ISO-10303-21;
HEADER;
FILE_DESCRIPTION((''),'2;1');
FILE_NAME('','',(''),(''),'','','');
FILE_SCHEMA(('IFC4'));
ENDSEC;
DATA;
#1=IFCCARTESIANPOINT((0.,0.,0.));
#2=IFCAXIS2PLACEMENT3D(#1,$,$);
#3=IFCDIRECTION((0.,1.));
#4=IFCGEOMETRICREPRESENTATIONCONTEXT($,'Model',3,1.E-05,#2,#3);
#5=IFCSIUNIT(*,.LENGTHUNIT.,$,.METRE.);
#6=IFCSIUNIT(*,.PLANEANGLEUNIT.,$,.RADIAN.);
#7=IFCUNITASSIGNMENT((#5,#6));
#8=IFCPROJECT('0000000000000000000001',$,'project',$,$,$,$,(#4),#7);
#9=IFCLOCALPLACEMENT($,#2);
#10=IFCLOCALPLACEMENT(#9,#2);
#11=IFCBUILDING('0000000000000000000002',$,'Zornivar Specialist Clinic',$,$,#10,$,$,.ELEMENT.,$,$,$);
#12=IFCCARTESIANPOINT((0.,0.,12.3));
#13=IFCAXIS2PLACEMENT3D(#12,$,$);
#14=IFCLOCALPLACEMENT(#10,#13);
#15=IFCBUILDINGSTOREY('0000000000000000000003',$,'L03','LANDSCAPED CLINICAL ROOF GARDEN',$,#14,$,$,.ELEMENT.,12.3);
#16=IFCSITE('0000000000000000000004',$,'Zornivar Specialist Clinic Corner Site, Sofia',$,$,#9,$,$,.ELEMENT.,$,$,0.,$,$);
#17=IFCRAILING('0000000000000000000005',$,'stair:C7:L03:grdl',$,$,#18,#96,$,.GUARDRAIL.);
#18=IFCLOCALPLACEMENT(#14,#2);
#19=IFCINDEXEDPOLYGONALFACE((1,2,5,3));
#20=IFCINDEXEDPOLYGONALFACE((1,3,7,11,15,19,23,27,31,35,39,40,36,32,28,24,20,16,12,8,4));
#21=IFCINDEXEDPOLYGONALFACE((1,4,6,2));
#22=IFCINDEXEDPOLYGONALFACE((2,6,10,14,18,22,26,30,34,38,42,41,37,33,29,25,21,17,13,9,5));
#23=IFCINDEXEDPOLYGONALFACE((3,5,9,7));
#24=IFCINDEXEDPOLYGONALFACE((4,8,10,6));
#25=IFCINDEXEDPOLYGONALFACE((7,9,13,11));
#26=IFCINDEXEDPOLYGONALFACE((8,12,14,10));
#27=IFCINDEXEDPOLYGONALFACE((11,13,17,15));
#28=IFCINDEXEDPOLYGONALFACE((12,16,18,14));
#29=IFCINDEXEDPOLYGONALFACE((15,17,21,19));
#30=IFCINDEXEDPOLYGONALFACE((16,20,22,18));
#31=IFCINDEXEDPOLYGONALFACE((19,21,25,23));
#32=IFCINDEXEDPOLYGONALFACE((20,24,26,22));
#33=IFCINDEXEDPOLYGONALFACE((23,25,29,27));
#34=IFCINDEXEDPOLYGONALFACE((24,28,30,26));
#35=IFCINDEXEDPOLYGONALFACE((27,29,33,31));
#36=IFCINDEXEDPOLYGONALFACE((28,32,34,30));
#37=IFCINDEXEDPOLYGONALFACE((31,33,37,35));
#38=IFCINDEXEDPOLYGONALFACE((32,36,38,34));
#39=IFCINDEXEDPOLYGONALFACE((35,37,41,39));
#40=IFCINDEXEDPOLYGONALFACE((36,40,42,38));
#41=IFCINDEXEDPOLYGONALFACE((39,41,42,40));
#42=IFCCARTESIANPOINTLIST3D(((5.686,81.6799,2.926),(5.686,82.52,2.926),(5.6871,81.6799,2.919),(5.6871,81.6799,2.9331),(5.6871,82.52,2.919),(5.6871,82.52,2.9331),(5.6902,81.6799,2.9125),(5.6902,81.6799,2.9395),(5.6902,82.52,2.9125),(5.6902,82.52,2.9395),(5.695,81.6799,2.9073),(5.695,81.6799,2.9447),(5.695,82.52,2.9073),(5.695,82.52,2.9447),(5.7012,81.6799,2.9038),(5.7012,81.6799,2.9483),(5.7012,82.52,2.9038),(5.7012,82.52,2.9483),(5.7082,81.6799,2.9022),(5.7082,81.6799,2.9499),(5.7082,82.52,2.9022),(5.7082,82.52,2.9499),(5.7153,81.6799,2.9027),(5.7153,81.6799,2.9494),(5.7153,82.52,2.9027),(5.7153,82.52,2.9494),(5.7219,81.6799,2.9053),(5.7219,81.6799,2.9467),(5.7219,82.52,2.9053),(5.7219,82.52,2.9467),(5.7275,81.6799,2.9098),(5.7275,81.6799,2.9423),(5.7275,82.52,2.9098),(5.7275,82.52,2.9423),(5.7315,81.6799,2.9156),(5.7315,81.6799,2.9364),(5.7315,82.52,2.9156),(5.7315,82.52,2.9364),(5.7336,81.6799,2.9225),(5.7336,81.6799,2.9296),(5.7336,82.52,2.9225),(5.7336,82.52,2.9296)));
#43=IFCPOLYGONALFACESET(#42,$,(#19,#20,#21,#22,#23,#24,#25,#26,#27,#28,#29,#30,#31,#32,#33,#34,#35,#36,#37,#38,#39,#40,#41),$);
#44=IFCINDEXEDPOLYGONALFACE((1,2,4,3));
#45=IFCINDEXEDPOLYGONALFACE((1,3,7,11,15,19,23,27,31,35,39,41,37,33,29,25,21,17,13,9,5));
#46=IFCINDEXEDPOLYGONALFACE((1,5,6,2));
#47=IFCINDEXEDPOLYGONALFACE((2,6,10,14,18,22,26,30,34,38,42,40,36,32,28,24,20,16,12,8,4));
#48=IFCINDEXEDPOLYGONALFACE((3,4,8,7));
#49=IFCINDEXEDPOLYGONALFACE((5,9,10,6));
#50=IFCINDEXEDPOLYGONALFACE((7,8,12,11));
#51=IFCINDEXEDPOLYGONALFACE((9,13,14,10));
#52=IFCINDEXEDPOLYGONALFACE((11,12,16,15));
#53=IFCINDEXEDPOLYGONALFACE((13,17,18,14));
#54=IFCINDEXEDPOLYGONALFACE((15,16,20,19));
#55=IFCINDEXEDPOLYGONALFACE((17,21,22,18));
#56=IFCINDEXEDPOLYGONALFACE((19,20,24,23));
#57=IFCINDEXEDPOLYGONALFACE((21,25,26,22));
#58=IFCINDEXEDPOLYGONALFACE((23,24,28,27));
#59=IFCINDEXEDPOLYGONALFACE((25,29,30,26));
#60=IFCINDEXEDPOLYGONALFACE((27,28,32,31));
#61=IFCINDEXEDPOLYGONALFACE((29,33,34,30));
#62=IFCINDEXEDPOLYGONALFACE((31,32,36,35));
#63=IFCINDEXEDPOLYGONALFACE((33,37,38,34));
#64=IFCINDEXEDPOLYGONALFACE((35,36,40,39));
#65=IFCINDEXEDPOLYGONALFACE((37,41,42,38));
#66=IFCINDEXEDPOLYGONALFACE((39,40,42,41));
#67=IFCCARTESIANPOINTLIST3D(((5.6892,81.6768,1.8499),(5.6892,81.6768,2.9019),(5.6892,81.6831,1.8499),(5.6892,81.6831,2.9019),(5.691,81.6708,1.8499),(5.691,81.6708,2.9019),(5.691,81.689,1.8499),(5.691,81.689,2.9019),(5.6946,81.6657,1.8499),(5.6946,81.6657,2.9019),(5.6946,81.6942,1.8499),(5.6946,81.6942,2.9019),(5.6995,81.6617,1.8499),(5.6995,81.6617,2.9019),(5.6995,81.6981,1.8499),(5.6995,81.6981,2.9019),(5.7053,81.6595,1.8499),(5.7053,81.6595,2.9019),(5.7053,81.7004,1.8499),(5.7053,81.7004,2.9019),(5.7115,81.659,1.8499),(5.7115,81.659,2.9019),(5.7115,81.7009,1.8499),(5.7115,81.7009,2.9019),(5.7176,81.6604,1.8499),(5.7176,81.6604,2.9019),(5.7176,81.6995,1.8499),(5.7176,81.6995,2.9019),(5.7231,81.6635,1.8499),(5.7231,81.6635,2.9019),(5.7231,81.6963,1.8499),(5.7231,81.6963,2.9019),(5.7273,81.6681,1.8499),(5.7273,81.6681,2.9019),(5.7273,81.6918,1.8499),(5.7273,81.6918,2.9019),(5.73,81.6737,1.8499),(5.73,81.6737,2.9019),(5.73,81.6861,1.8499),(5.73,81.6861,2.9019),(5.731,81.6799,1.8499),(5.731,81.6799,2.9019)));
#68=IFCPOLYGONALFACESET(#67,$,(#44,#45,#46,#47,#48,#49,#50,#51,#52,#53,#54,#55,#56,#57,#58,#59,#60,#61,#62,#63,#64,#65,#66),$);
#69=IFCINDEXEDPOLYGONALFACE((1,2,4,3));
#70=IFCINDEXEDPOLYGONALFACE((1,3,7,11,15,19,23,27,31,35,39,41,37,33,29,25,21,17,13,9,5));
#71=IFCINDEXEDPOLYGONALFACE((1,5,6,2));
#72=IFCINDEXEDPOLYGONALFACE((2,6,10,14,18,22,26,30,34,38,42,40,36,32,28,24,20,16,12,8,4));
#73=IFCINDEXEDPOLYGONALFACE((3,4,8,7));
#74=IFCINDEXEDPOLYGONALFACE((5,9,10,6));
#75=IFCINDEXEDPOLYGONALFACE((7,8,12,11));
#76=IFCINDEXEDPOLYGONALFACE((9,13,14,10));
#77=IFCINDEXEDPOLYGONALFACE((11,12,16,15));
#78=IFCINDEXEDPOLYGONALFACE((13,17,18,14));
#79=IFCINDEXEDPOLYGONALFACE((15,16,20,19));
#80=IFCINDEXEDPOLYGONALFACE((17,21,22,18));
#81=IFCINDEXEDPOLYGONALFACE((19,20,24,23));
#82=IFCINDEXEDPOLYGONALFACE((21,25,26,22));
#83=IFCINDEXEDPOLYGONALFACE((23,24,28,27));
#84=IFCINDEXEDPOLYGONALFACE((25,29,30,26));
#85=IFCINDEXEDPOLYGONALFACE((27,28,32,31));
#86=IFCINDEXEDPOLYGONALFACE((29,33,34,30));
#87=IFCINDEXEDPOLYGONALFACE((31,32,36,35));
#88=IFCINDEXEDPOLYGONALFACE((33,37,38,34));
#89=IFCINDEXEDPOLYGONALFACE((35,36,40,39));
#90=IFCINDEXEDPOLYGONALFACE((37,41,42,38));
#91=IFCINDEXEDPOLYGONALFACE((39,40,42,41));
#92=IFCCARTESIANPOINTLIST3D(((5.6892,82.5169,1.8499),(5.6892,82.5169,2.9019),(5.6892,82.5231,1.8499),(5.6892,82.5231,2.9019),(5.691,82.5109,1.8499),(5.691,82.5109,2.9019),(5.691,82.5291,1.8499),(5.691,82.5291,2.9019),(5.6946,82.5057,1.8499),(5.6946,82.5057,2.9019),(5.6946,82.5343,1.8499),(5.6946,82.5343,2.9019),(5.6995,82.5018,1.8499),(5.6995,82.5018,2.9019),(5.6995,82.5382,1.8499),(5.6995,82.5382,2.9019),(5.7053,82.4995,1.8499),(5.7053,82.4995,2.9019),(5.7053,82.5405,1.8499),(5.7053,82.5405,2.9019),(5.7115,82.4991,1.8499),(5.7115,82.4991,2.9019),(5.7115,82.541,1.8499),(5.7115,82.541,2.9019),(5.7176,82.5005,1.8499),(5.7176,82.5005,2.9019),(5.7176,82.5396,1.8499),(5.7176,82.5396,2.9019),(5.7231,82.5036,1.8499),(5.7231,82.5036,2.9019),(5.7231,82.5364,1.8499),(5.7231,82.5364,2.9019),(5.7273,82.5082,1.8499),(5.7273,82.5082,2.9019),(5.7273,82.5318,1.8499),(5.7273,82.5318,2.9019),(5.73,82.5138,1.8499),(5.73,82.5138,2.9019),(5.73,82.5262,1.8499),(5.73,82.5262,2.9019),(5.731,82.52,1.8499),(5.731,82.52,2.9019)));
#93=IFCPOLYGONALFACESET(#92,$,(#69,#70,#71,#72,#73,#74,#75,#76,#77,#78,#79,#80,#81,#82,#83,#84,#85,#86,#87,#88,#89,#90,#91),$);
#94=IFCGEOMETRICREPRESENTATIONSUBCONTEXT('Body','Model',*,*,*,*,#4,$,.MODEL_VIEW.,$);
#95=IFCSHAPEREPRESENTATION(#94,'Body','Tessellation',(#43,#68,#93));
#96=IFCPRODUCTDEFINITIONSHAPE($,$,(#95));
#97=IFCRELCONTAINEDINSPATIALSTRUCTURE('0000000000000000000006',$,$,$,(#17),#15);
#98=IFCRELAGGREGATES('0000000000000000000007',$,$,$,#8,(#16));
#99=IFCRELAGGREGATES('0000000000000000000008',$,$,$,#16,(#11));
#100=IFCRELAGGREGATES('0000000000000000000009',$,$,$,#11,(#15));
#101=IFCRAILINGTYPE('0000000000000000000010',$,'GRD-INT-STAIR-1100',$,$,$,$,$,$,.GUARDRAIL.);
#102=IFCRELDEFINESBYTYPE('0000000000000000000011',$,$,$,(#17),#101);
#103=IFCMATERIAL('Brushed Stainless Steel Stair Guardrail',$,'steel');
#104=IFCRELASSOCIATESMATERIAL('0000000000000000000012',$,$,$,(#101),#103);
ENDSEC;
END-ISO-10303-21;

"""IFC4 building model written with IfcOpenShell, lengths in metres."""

from ifc_helpers import new_model, si_unit, direction, frame, origin, origin_2d, place, context, subcontext, project, spatial, circle, extrude, material, type_object, element, save


model = new_model("IFC4")

# Units and contexts
model_context = context("Model", 3, precision=1e-05, world=origin(), true_north=direction((0.0, 1.0)))
body_context = subcontext(model_context, "Body", "Model", "MODEL_VIEW")
ifc_project = project(units=[si_unit("LENGTHUNIT", "METRE"), si_unit("PLANEANGLEUNIT", "RADIAN")], contexts=[model_context])

# Site, building, storey
site_placement = place(None, origin())
site = spatial("IfcSite", under=ifc_project, at=site_placement, Name="Zornivar Specialist Clinic Corner Site, Sofia", CompositionType="ELEMENT", RefElevation=0.0)
building_placement = place(site_placement, origin())
building = spatial("IfcBuilding", under=site, at=building_placement, Name="Zornivar Specialist Clinic", CompositionType="ELEMENT")
storey_placement = place(building_placement, frame((0.0, 0.0, 12.3)))
storey = spatial("IfcBuildingStorey", under=building, at=storey_placement, Name="L03", Description="LANDSCAPED CLINICAL ROOF GARDEN", CompositionType="ELEMENT", Elevation=12.3)

# Railing
ifc_material_1 = material(Name="Brushed Stainless Steel Stair Guardrail", Category="steel")
railing_type_1 = type_object("IfcRailingType", Name="GRD-INT-STAIR-1100", PredefinedType="GUARDRAIL", material=ifc_material_1)
railing_1_placement = place(storey_placement, frame((5.71, 81.6799, 1.8499)))
element("IfcRailing", 1, at=railing_1_placement, inside=storey, type_object=railing_type_1, Name="stair:C7:L03:grdl", PredefinedType="GUARDRAIL", context=body_context, shape_type="SweptSolid", body=[
    extrude(circle(Radius=0.0239, at=origin_2d()), frame((0.0, 0.0, 1.0762), z_axis=(0.0, 1.0, 0.0), x_axis=(-1.0, 0.0, 0.0)), (0.0, 0.0, 1.0), 0.8401),
    extrude(circle(Radius=0.021, at=origin_2d()), origin(), (0.0, 0.0, 1.0), 1.052),
    extrude(circle(Radius=0.021, at=origin_2d()), frame((0.0, 0.8401, 0.0)), (0.0, 0.0, 1.0), 1.052),
])

save(model, "model.ifc")
